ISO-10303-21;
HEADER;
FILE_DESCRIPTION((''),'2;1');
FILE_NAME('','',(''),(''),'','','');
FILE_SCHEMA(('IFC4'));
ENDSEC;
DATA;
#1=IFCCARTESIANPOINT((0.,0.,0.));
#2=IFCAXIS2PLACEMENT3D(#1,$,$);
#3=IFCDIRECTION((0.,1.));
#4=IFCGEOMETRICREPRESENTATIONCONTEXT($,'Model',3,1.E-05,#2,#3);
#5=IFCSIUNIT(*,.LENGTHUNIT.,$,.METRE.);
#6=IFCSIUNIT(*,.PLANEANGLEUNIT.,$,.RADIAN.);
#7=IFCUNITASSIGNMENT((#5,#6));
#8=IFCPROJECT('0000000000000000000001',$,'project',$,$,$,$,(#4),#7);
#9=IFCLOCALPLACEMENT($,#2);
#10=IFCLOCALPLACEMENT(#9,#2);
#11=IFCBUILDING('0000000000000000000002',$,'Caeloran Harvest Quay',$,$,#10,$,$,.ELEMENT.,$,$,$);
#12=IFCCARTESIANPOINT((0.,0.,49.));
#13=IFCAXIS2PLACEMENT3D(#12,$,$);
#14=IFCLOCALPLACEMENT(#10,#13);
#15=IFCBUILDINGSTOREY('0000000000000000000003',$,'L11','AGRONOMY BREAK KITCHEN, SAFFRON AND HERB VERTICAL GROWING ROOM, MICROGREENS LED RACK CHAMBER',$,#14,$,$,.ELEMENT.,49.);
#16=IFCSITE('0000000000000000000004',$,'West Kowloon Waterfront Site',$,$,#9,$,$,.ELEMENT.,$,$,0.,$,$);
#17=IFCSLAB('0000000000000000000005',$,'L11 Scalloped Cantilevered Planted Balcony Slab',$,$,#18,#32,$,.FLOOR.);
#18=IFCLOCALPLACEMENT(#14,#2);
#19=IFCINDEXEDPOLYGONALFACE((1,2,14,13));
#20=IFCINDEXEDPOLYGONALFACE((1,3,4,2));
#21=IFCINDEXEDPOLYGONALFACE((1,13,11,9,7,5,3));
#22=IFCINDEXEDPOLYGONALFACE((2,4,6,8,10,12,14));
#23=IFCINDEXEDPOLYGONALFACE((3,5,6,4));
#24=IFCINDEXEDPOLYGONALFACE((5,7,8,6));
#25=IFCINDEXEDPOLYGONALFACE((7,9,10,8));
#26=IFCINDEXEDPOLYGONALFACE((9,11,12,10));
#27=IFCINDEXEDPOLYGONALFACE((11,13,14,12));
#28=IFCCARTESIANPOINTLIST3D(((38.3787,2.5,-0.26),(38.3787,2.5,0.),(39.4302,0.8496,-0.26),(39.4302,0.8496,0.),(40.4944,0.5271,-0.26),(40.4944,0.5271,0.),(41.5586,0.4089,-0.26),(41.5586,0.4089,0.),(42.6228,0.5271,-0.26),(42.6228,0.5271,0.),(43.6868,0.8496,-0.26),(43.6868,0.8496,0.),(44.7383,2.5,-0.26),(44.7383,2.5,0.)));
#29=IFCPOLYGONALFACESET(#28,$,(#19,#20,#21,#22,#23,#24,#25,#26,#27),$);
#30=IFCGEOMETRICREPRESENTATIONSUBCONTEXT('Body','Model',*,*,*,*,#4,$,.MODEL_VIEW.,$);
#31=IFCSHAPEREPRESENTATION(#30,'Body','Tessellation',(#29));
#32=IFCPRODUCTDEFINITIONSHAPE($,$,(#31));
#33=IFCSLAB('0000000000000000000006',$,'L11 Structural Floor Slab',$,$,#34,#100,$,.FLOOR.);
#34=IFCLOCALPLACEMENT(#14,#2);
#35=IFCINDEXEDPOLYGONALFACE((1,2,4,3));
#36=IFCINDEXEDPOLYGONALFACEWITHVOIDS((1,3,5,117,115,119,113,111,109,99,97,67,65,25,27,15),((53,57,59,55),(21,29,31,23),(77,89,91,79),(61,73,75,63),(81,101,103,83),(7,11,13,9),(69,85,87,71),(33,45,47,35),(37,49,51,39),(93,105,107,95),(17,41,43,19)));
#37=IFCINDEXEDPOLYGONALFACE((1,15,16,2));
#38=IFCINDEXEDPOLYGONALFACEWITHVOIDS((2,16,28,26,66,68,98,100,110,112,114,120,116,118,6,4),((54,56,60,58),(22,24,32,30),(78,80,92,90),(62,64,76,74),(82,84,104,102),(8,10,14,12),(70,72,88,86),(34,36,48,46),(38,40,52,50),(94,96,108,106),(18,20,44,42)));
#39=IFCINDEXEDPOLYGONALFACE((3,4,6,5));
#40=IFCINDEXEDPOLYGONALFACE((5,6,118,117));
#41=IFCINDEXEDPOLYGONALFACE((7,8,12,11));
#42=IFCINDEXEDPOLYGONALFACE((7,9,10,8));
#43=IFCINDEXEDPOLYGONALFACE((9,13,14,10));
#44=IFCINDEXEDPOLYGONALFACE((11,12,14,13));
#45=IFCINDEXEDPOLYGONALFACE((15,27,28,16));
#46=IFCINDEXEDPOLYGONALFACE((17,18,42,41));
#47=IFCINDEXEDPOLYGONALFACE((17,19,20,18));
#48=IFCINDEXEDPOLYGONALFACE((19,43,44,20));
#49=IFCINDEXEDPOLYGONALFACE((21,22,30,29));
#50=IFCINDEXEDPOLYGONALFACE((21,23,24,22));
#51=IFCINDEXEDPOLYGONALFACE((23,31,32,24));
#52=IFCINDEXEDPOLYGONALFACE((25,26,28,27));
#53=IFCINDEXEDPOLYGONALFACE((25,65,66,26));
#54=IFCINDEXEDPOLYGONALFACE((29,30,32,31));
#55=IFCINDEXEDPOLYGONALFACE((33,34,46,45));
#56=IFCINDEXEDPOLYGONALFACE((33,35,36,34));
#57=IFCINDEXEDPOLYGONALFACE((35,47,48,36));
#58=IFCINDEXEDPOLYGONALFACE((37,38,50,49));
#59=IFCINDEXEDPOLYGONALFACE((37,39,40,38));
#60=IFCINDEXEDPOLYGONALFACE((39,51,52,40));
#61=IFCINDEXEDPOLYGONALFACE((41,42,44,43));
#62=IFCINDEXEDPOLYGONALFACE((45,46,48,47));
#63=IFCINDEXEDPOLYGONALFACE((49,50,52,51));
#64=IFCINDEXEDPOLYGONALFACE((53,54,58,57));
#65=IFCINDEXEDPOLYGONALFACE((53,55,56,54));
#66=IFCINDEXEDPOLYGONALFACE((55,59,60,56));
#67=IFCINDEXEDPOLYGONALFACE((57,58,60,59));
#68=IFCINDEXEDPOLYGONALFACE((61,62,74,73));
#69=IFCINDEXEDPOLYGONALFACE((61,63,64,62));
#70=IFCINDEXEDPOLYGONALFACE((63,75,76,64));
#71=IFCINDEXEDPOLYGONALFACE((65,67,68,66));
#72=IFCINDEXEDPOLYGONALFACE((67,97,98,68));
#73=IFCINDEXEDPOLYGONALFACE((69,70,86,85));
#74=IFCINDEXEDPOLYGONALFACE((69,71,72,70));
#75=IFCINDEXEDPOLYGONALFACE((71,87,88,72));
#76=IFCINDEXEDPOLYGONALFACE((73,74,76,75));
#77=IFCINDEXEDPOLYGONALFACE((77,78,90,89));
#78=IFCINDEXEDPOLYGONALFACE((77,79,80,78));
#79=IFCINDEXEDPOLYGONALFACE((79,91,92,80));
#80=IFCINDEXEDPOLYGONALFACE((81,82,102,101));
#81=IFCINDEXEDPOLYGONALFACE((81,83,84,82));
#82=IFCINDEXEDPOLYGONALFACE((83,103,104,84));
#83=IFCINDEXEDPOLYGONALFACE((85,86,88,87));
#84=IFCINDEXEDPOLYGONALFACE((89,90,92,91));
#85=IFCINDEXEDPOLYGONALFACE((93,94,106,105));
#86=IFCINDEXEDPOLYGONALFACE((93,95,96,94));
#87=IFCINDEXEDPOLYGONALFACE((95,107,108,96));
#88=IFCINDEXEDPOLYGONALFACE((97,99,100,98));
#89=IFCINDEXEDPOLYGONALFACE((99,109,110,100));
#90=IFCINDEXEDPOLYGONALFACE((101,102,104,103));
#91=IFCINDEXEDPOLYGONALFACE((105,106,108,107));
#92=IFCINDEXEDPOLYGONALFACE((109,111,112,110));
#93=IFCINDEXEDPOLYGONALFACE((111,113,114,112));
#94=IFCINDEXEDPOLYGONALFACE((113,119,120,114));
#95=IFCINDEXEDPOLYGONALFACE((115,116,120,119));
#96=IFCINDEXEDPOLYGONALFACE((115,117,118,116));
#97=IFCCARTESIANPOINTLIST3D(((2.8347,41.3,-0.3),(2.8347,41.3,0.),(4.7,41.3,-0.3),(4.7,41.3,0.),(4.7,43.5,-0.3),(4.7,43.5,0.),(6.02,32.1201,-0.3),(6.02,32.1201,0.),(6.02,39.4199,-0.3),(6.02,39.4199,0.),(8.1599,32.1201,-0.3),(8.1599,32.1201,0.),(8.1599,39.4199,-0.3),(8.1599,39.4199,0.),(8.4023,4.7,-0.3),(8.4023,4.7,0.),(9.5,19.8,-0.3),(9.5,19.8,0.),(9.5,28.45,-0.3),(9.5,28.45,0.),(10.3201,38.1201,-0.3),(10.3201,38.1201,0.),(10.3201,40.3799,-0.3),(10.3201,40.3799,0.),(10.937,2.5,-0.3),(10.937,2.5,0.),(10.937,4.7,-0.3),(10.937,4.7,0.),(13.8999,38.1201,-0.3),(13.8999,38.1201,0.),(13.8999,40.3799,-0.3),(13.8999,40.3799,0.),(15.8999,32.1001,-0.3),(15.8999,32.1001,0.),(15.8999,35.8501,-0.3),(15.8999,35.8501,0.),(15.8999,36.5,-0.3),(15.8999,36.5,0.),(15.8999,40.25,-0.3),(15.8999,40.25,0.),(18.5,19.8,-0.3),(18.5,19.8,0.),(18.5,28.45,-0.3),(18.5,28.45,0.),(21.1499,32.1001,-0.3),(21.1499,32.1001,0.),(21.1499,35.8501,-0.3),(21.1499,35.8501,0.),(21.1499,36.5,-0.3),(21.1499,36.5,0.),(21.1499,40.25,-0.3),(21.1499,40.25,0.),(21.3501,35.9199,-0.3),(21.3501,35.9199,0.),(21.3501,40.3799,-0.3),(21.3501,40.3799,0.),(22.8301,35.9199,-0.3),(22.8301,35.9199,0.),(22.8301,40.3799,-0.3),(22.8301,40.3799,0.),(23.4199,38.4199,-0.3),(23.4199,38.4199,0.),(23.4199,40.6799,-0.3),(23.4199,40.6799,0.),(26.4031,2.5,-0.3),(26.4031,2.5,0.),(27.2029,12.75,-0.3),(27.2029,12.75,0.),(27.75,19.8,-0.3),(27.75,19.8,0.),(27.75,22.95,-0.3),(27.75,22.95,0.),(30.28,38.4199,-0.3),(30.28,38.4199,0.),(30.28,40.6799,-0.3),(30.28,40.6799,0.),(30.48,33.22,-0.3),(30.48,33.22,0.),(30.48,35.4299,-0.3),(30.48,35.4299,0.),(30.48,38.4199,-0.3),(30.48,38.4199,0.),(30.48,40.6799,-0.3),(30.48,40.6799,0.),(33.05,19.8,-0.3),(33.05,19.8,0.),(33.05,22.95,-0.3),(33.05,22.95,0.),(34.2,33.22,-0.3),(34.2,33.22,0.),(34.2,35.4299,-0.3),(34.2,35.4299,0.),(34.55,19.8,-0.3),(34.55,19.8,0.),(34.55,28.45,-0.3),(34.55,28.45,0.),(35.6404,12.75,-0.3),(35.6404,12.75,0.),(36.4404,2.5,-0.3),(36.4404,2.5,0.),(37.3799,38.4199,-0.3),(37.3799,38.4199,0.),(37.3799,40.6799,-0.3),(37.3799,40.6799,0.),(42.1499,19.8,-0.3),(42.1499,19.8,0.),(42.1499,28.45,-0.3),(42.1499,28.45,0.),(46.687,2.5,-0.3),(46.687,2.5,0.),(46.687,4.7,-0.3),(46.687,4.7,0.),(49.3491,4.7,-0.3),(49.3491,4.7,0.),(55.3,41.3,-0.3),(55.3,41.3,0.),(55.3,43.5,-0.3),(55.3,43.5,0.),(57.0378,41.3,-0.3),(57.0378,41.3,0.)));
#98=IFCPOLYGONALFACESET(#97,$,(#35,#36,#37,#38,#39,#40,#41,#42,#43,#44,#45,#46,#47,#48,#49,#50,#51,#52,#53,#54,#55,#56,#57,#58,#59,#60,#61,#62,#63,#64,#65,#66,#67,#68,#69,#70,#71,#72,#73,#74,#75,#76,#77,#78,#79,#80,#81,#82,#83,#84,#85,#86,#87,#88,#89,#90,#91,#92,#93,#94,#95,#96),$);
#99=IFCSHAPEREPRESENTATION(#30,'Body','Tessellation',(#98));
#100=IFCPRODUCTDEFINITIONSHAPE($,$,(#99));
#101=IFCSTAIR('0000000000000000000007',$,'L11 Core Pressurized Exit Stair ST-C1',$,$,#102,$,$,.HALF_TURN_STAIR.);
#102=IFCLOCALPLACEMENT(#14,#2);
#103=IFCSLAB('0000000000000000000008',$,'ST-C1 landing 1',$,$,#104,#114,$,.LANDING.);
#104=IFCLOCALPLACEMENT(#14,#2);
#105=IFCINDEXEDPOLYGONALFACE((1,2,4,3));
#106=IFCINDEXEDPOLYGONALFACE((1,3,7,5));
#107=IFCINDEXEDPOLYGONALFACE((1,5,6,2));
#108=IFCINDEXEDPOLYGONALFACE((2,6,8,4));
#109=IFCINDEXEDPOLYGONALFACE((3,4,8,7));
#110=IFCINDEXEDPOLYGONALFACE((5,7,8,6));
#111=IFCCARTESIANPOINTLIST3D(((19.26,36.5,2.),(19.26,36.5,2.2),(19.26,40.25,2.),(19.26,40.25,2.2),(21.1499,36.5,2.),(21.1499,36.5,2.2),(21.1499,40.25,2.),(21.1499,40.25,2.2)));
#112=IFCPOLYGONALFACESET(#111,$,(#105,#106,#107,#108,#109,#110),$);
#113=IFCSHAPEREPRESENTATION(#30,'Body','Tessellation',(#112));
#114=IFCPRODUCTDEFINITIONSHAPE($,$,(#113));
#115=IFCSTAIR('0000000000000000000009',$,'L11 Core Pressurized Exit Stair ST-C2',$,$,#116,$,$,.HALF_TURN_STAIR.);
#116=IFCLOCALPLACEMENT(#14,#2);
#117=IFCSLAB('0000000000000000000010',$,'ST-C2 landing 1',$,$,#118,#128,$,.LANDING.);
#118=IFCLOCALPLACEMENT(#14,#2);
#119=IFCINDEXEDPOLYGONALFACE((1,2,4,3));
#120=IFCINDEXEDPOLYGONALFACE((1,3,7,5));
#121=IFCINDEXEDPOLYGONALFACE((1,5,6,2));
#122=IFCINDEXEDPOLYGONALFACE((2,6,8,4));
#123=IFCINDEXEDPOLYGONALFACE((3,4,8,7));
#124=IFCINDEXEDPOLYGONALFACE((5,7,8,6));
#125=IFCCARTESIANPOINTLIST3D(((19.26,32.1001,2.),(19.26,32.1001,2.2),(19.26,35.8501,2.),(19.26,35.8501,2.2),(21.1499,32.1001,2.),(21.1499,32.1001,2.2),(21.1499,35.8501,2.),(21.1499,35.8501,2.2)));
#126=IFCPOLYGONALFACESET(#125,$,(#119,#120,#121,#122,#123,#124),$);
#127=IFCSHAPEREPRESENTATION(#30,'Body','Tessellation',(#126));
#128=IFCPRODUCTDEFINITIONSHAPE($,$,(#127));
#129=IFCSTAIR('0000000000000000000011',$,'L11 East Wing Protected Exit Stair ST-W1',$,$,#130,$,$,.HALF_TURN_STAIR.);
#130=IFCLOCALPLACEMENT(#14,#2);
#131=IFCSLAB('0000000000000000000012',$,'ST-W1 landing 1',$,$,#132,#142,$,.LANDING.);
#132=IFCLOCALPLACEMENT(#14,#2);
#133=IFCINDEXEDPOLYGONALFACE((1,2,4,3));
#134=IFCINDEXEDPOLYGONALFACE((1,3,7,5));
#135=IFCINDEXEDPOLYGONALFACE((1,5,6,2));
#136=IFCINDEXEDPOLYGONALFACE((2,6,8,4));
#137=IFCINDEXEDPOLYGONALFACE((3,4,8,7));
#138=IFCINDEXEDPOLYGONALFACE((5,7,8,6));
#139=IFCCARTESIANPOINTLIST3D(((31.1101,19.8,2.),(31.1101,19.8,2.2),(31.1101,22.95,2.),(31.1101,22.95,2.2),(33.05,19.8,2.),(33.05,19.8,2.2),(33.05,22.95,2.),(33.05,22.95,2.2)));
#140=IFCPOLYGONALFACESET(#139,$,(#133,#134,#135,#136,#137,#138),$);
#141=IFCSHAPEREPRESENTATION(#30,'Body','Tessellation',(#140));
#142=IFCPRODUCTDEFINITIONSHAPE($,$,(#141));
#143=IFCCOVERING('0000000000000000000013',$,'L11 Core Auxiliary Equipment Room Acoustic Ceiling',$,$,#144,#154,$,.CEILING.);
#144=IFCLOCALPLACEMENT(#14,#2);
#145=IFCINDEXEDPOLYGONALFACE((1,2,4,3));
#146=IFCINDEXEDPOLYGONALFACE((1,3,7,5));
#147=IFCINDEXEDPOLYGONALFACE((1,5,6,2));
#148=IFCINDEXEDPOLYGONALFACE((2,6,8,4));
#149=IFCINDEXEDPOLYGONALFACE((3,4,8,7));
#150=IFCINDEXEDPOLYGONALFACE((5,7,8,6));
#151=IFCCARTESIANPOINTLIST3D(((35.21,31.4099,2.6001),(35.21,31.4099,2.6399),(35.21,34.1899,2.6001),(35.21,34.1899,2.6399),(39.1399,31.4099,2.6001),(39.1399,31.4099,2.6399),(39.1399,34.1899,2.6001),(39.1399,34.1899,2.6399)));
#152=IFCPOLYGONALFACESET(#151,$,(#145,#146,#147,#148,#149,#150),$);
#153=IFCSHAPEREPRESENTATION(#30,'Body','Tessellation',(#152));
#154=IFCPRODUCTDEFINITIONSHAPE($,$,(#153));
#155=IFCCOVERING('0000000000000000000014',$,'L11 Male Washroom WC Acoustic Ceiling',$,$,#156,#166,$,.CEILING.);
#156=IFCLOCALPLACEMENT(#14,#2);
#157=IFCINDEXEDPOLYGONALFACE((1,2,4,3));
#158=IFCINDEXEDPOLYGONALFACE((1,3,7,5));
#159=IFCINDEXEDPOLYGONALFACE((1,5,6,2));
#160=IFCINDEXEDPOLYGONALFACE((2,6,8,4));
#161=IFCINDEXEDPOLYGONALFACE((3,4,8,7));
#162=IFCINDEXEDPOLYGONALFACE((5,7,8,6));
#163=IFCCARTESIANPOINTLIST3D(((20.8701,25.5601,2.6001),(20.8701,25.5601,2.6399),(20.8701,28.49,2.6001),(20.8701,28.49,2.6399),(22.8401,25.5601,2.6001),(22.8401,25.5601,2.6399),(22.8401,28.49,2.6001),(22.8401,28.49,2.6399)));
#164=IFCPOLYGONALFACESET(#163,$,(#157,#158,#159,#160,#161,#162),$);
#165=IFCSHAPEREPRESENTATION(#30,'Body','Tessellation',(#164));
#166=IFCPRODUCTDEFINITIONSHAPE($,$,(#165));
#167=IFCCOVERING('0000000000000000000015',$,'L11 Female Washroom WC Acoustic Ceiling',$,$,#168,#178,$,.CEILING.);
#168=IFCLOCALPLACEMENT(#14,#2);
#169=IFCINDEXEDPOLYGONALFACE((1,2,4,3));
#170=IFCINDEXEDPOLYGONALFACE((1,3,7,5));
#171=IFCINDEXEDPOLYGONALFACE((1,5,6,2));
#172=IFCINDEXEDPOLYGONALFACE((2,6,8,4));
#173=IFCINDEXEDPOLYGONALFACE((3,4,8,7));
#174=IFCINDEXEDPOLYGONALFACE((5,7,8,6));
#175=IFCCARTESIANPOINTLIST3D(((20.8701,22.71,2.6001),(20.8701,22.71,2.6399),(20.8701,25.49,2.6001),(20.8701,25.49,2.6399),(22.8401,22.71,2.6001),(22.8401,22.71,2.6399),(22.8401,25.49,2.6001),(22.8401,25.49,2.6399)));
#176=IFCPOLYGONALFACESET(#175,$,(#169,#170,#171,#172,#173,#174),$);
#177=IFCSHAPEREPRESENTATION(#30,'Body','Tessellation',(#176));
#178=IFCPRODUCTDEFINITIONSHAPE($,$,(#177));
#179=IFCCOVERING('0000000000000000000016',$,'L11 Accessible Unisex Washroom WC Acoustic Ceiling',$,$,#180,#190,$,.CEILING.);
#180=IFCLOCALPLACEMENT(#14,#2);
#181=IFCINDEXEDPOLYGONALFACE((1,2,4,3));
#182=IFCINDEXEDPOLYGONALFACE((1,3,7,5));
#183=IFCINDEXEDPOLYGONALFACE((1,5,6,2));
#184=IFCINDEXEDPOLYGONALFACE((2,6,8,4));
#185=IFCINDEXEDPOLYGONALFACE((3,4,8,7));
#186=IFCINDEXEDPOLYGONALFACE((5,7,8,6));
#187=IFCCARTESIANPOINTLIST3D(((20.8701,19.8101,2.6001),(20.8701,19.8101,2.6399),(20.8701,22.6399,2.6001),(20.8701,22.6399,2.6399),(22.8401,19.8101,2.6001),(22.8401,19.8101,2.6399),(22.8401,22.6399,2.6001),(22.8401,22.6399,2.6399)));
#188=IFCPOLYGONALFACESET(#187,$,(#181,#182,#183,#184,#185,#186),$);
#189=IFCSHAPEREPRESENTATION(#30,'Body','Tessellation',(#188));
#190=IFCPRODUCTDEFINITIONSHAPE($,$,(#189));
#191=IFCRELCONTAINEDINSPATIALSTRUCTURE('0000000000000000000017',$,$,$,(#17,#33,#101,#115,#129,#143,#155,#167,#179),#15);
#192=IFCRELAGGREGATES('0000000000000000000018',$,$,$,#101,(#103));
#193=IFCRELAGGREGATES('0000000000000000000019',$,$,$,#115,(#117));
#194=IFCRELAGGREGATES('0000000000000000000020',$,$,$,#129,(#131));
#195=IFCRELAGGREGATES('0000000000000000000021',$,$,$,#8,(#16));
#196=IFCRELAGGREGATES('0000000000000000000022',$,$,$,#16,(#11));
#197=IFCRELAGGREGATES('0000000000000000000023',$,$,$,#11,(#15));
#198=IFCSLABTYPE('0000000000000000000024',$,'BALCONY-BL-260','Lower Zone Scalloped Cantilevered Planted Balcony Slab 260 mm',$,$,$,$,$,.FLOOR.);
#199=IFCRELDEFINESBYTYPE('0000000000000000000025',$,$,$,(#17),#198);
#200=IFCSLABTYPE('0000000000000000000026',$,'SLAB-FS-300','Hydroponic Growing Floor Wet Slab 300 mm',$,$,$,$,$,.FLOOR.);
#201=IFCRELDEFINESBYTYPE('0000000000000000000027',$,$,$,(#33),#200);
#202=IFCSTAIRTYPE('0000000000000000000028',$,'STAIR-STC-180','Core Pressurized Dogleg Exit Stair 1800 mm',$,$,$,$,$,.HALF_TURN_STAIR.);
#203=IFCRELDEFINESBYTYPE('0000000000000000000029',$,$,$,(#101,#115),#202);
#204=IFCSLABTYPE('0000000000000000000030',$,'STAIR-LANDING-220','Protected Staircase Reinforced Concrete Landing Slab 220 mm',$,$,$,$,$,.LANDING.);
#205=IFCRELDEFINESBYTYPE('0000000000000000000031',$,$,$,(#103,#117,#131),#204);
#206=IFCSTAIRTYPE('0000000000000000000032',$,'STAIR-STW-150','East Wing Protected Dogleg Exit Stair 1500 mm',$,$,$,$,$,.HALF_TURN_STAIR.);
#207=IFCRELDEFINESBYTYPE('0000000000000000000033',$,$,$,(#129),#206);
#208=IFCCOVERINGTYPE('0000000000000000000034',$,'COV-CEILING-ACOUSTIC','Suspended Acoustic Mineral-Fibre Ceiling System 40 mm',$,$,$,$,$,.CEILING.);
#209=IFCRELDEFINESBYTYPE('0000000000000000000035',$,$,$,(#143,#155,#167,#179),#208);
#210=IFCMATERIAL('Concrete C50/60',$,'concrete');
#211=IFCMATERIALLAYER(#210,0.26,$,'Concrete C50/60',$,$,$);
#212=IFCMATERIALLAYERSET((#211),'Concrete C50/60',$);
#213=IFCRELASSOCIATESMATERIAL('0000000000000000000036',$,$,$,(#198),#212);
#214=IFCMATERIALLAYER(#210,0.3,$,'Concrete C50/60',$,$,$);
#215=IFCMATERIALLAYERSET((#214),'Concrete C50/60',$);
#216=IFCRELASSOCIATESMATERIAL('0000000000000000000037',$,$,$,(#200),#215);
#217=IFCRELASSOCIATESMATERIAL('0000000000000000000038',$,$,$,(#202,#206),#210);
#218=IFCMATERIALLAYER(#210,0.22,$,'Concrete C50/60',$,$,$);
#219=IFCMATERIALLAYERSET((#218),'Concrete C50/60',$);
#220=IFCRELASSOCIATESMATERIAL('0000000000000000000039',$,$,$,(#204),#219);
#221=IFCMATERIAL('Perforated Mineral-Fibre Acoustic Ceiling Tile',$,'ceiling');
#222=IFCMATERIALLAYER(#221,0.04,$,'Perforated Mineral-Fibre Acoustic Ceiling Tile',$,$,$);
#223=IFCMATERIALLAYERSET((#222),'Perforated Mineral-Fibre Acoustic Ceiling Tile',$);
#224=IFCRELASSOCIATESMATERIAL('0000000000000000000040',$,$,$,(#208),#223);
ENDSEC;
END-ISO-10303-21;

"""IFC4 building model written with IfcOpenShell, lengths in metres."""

from ifc_helpers import new_model, si_unit, direction, frame, origin, place, context, subcontext, project, spatial, polyline, outline, extrude, material, layer, layer_set, type_object, element, aggregate, save


model = new_model("IFC4")

# Units and contexts
model_context = context("Model", 3, precision=1e-05, world=origin(), true_north=direction((0.0, 1.0)))
body_context = subcontext(model_context, "Body", "Model", "MODEL_VIEW")
ifc_project = project(units=[si_unit("LENGTHUNIT", "METRE"), si_unit("PLANEANGLEUNIT", "RADIAN")], contexts=[model_context])

# Site, building, storey
site_placement = place(None, origin())
site = spatial("IfcSite", under=ifc_project, at=site_placement, Name="West Kowloon Waterfront Site", CompositionType="ELEMENT", RefElevation=0.0)
building_placement = place(site_placement, origin())
building = spatial("IfcBuilding", under=site, at=building_placement, Name="Caeloran Harvest Quay", CompositionType="ELEMENT")
storey_placement = place(building_placement, frame((0.0, 0.0, 49.0)))
storey = spatial("IfcBuildingStorey", under=building, at=storey_placement, Name="L11", Description="AGRONOMY BREAK KITCHEN, SAFFRON AND HERB VERTICAL GROWING ROOM, MICROGREENS LED RACK CHAMBER", CompositionType="ELEMENT", Elevation=49.0)

# Slabs
ifc_material_1 = material(Name="Concrete C50/60", Category="concrete")
ifc_layer_1 = layer(ifc_material_1, 0.26, Name="Concrete C50/60")
ifc_layer_set_1 = layer_set([ifc_layer_1], Name="Concrete C50/60")
slab_type_1 = type_object("IfcSlabType", Name="BALCONY-BL-260", Description="Lower Zone Scalloped Cantilevered Planted Balcony Slab 260 mm", PredefinedType="FLOOR", material=ifc_layer_set_1)
slab_1_placement = place(storey_placement, frame((0.0, 0.0, -0.26)))
element("IfcSlab", 1, at=slab_1_placement, inside=storey, type_object=slab_type_1, Name="L11 Scalloped Cantilevered Planted Balcony Slab", PredefinedType="FLOOR", context=body_context, shape_type="SweptSolid", body=[
    extrude(outline(polyline([(43.6868, 0.8496), (42.6228, 0.5271), (41.5586, 0.4089), (40.4944, 0.5271), (39.4302, 0.8496), (38.3787, 2.5), (44.7383, 2.5), (43.6868, 0.8496)])), origin(), (0.0, 0.0, 1.0), 0.26),
])
ifc_layer_2 = layer(ifc_material_1, 0.3, Name="Concrete C50/60")
ifc_layer_set_2 = layer_set([ifc_layer_2], Name="Concrete C50/60")
slab_type_2 = type_object("IfcSlabType", Name="SLAB-FS-300", Description="Hydroponic Growing Floor Wet Slab 300 mm", PredefinedType="FLOOR", material=ifc_layer_set_2)
slab_2_placement = place(storey_placement, frame((0.0, 0.0, -0.3)))
element("IfcSlab", 2, at=slab_2_placement, inside=storey, type_object=slab_type_2, Name="L11 Structural Floor Slab", PredefinedType="FLOOR", context=body_context, shape_type="SweptSolid", body=[
    extrude(outline(polyline([(10.937, 2.5), (26.4031, 2.5), (27.2029, 12.75), (35.6404, 12.75), (36.4404, 2.5), (46.687, 2.5), (46.687, 4.7), (49.3491, 4.7), (57.0378, 41.3), (55.3, 41.3), (55.3, 43.5), (4.7, 43.5), (4.7, 41.3), (2.8347, 41.3), (8.4023, 4.7), (10.937, 4.7), (10.937, 2.5)]), holes=[polyline([(18.5, 19.8), (9.5, 19.8), (9.5, 28.45), (18.5, 28.45), (18.5, 19.8)]), polyline([(15.8999, 32.1001), (15.8999, 35.8501), (21.1499, 35.8501), (21.1499, 32.1001), (15.8999, 32.1001)]), polyline([(8.1599, 32.1201), (6.02, 32.1201), (6.02, 39.4199), (8.1599, 39.4199), (8.1599, 32.1201)]), polyline([(21.3501, 35.9199), (21.3501, 40.3799), (22.8301, 40.3799), (22.8301, 35.9199), (21.3501, 35.9199)]), polyline([(15.8999, 40.25), (21.1499, 40.25), (21.1499, 36.5), (15.8999, 36.5), (15.8999, 40.25)]), polyline([(13.8999, 38.1201), (10.3201, 38.1201), (10.3201, 40.3799), (13.8999, 40.3799), (13.8999, 38.1201)]), polyline([(27.75, 22.95), (33.05, 22.95), (33.05, 19.8), (27.75, 19.8), (27.75, 22.95)]), polyline([(34.55, 19.8), (34.55, 28.45), (42.1499, 28.45), (42.1499, 19.8), (34.55, 19.8)]), polyline([(34.2, 33.22), (30.48, 33.22), (30.48, 35.4299), (34.2, 35.4299), (34.2, 33.22)]), polyline([(23.4199, 38.4199), (23.4199, 40.6799), (30.28, 40.6799), (30.28, 38.4199), (23.4199, 38.4199)]), polyline([(30.48, 38.4199), (30.48, 40.6799), (37.3799, 40.6799), (37.3799, 38.4199), (30.48, 38.4199)])]), origin(), (0.0, 0.0, 1.0), 0.3),
])

# Stairs, slabs
stair_type_1 = type_object("IfcStairType", Name="STAIR-STC-180", Description="Core Pressurized Dogleg Exit Stair 1800 mm", PredefinedType="HALF_TURN_STAIR", material=ifc_material_1)
stair_1_placement = place(storey_placement, origin())
stair_1 = element("IfcStair", 3, at=stair_1_placement, inside=storey, type_object=stair_type_1, Name="L11 Core Pressurized Exit Stair ST-C1", PredefinedType="HALF_TURN_STAIR")
ifc_layer_3 = layer(ifc_material_1, 0.22, Name="Concrete C50/60")
ifc_layer_set_3 = layer_set([ifc_layer_3], Name="Concrete C50/60")
slab_type_3 = type_object("IfcSlabType", Name="STAIR-LANDING-220", Description="Protected Staircase Reinforced Concrete Landing Slab 220 mm", PredefinedType="LANDING", material=ifc_layer_set_3)
slab_3_placement = place(storey_placement, frame((0.0, 0.0, 2.0)))
slab_3 = element("IfcSlab", 4, at=slab_3_placement, type_object=slab_type_3, Name="ST-C1 landing 1", PredefinedType="LANDING", context=body_context, shape_type="SweptSolid", body=[
    extrude(outline(polyline([(19.26, 36.5), (21.1499, 36.5), (21.1499, 40.25), (19.26, 40.25), (19.26, 36.5)])), origin(), (0.0, 0.0, 1.0), 0.2),
])
aggregate(stair_1, [slab_3])
stair_2_placement = place(storey_placement, origin())
stair_2 = element("IfcStair", 5, at=stair_2_placement, inside=storey, type_object=stair_type_1, Name="L11 Core Pressurized Exit Stair ST-C2", PredefinedType="HALF_TURN_STAIR")
slab_4_placement = place(storey_placement, frame((0.0, 0.0, 2.0)))
slab_4 = element("IfcSlab", 6, at=slab_4_placement, type_object=slab_type_3, Name="ST-C2 landing 1", PredefinedType="LANDING", context=body_context, shape_type="SweptSolid", body=[
    extrude(outline(polyline([(19.26, 32.1001), (21.1499, 32.1001), (21.1499, 35.8501), (19.26, 35.8501), (19.26, 32.1001)])), origin(), (0.0, 0.0, 1.0), 0.2),
])
aggregate(stair_2, [slab_4])
stair_type_2 = type_object("IfcStairType", Name="STAIR-STW-150", Description="East Wing Protected Dogleg Exit Stair 1500 mm", PredefinedType="HALF_TURN_STAIR", material=ifc_material_1)
stair_3_placement = place(storey_placement, origin())
stair_3 = element("IfcStair", 7, at=stair_3_placement, inside=storey, type_object=stair_type_2, Name="L11 East Wing Protected Exit Stair ST-W1", PredefinedType="HALF_TURN_STAIR")
slab_5_placement = place(storey_placement, frame((0.0, 0.0, 2.0)))
slab_5 = element("IfcSlab", 8, at=slab_5_placement, type_object=slab_type_3, Name="ST-W1 landing 1", PredefinedType="LANDING", context=body_context, shape_type="SweptSolid", body=[
    extrude(outline(polyline([(31.1101, 19.8), (33.05, 19.8), (33.05, 22.95), (31.1101, 22.95), (31.1101, 19.8)])), origin(), (0.0, 0.0, 1.0), 0.2),
])
aggregate(stair_3, [slab_5])

# Coverings
ifc_material_2 = material(Name="Perforated Mineral-Fibre Acoustic Ceiling Tile", Category="ceiling")
ifc_layer_4 = layer(ifc_material_2, 0.04, Name="Perforated Mineral-Fibre Acoustic Ceiling Tile")
ifc_layer_set_4 = layer_set([ifc_layer_4], Name="Perforated Mineral-Fibre Acoustic Ceiling Tile")
covering_type_1 = type_object("IfcCoveringType", Name="COV-CEILING-ACOUSTIC", Description="Suspended Acoustic Mineral-Fibre Ceiling System 40 mm", PredefinedType="CEILING", material=ifc_layer_set_4)
covering_1_placement = place(storey_placement, frame((0.0, 0.0, 2.6001)))
element("IfcCovering", 9, at=covering_1_placement, inside=storey, type_object=covering_type_1, Name="L11 Core Auxiliary Equipment Room Acoustic Ceiling", PredefinedType="CEILING", context=body_context, shape_type="SweptSolid", body=[
    extrude(outline(polyline([(39.1399, 34.1899), (39.1399, 31.4099), (35.21, 31.4099), (35.21, 34.1899), (39.1399, 34.1899)])), origin(), (0.0, 0.0, 1.0), 0.0398),
])
covering_2_placement = place(storey_placement, frame((0.0, 0.0, 2.6001)))
element("IfcCovering", 10, at=covering_2_placement, inside=storey, type_object=covering_type_1, Name="L11 Male Washroom WC Acoustic Ceiling", PredefinedType="CEILING", context=body_context, shape_type="SweptSolid", body=[
    extrude(outline(polyline([(22.8401, 25.5601), (20.8701, 25.5601), (20.8701, 28.49), (22.8401, 28.49), (22.8401, 25.5601)])), origin(), (0.0, 0.0, 1.0), 0.0398),
])
covering_3_placement = place(storey_placement, frame((0.0, 0.0, 2.6001)))
element("IfcCovering", 11, at=covering_3_placement, inside=storey, type_object=covering_type_1, Name="L11 Female Washroom WC Acoustic Ceiling", PredefinedType="CEILING", context=body_context, shape_type="SweptSolid", body=[
    extrude(outline(polyline([(22.8401, 22.71), (20.8701, 22.71), (20.8701, 25.49), (22.8401, 25.49), (22.8401, 22.71)])), origin(), (0.0, 0.0, 1.0), 0.0398),
])
covering_4_placement = place(storey_placement, frame((0.0, 0.0, 2.6001)))
element("IfcCovering", 12, at=covering_4_placement, inside=storey, type_object=covering_type_1, Name="L11 Accessible Unisex Washroom WC Acoustic Ceiling", PredefinedType="CEILING", context=body_context, shape_type="SweptSolid", body=[
    extrude(outline(polyline([(22.8401, 19.8101), (20.8701, 19.8101), (20.8701, 22.6399), (22.8401, 22.6399), (22.8401, 19.8101)])), origin(), (0.0, 0.0, 1.0), 0.0398),
])

save(model, "model.ifc")
